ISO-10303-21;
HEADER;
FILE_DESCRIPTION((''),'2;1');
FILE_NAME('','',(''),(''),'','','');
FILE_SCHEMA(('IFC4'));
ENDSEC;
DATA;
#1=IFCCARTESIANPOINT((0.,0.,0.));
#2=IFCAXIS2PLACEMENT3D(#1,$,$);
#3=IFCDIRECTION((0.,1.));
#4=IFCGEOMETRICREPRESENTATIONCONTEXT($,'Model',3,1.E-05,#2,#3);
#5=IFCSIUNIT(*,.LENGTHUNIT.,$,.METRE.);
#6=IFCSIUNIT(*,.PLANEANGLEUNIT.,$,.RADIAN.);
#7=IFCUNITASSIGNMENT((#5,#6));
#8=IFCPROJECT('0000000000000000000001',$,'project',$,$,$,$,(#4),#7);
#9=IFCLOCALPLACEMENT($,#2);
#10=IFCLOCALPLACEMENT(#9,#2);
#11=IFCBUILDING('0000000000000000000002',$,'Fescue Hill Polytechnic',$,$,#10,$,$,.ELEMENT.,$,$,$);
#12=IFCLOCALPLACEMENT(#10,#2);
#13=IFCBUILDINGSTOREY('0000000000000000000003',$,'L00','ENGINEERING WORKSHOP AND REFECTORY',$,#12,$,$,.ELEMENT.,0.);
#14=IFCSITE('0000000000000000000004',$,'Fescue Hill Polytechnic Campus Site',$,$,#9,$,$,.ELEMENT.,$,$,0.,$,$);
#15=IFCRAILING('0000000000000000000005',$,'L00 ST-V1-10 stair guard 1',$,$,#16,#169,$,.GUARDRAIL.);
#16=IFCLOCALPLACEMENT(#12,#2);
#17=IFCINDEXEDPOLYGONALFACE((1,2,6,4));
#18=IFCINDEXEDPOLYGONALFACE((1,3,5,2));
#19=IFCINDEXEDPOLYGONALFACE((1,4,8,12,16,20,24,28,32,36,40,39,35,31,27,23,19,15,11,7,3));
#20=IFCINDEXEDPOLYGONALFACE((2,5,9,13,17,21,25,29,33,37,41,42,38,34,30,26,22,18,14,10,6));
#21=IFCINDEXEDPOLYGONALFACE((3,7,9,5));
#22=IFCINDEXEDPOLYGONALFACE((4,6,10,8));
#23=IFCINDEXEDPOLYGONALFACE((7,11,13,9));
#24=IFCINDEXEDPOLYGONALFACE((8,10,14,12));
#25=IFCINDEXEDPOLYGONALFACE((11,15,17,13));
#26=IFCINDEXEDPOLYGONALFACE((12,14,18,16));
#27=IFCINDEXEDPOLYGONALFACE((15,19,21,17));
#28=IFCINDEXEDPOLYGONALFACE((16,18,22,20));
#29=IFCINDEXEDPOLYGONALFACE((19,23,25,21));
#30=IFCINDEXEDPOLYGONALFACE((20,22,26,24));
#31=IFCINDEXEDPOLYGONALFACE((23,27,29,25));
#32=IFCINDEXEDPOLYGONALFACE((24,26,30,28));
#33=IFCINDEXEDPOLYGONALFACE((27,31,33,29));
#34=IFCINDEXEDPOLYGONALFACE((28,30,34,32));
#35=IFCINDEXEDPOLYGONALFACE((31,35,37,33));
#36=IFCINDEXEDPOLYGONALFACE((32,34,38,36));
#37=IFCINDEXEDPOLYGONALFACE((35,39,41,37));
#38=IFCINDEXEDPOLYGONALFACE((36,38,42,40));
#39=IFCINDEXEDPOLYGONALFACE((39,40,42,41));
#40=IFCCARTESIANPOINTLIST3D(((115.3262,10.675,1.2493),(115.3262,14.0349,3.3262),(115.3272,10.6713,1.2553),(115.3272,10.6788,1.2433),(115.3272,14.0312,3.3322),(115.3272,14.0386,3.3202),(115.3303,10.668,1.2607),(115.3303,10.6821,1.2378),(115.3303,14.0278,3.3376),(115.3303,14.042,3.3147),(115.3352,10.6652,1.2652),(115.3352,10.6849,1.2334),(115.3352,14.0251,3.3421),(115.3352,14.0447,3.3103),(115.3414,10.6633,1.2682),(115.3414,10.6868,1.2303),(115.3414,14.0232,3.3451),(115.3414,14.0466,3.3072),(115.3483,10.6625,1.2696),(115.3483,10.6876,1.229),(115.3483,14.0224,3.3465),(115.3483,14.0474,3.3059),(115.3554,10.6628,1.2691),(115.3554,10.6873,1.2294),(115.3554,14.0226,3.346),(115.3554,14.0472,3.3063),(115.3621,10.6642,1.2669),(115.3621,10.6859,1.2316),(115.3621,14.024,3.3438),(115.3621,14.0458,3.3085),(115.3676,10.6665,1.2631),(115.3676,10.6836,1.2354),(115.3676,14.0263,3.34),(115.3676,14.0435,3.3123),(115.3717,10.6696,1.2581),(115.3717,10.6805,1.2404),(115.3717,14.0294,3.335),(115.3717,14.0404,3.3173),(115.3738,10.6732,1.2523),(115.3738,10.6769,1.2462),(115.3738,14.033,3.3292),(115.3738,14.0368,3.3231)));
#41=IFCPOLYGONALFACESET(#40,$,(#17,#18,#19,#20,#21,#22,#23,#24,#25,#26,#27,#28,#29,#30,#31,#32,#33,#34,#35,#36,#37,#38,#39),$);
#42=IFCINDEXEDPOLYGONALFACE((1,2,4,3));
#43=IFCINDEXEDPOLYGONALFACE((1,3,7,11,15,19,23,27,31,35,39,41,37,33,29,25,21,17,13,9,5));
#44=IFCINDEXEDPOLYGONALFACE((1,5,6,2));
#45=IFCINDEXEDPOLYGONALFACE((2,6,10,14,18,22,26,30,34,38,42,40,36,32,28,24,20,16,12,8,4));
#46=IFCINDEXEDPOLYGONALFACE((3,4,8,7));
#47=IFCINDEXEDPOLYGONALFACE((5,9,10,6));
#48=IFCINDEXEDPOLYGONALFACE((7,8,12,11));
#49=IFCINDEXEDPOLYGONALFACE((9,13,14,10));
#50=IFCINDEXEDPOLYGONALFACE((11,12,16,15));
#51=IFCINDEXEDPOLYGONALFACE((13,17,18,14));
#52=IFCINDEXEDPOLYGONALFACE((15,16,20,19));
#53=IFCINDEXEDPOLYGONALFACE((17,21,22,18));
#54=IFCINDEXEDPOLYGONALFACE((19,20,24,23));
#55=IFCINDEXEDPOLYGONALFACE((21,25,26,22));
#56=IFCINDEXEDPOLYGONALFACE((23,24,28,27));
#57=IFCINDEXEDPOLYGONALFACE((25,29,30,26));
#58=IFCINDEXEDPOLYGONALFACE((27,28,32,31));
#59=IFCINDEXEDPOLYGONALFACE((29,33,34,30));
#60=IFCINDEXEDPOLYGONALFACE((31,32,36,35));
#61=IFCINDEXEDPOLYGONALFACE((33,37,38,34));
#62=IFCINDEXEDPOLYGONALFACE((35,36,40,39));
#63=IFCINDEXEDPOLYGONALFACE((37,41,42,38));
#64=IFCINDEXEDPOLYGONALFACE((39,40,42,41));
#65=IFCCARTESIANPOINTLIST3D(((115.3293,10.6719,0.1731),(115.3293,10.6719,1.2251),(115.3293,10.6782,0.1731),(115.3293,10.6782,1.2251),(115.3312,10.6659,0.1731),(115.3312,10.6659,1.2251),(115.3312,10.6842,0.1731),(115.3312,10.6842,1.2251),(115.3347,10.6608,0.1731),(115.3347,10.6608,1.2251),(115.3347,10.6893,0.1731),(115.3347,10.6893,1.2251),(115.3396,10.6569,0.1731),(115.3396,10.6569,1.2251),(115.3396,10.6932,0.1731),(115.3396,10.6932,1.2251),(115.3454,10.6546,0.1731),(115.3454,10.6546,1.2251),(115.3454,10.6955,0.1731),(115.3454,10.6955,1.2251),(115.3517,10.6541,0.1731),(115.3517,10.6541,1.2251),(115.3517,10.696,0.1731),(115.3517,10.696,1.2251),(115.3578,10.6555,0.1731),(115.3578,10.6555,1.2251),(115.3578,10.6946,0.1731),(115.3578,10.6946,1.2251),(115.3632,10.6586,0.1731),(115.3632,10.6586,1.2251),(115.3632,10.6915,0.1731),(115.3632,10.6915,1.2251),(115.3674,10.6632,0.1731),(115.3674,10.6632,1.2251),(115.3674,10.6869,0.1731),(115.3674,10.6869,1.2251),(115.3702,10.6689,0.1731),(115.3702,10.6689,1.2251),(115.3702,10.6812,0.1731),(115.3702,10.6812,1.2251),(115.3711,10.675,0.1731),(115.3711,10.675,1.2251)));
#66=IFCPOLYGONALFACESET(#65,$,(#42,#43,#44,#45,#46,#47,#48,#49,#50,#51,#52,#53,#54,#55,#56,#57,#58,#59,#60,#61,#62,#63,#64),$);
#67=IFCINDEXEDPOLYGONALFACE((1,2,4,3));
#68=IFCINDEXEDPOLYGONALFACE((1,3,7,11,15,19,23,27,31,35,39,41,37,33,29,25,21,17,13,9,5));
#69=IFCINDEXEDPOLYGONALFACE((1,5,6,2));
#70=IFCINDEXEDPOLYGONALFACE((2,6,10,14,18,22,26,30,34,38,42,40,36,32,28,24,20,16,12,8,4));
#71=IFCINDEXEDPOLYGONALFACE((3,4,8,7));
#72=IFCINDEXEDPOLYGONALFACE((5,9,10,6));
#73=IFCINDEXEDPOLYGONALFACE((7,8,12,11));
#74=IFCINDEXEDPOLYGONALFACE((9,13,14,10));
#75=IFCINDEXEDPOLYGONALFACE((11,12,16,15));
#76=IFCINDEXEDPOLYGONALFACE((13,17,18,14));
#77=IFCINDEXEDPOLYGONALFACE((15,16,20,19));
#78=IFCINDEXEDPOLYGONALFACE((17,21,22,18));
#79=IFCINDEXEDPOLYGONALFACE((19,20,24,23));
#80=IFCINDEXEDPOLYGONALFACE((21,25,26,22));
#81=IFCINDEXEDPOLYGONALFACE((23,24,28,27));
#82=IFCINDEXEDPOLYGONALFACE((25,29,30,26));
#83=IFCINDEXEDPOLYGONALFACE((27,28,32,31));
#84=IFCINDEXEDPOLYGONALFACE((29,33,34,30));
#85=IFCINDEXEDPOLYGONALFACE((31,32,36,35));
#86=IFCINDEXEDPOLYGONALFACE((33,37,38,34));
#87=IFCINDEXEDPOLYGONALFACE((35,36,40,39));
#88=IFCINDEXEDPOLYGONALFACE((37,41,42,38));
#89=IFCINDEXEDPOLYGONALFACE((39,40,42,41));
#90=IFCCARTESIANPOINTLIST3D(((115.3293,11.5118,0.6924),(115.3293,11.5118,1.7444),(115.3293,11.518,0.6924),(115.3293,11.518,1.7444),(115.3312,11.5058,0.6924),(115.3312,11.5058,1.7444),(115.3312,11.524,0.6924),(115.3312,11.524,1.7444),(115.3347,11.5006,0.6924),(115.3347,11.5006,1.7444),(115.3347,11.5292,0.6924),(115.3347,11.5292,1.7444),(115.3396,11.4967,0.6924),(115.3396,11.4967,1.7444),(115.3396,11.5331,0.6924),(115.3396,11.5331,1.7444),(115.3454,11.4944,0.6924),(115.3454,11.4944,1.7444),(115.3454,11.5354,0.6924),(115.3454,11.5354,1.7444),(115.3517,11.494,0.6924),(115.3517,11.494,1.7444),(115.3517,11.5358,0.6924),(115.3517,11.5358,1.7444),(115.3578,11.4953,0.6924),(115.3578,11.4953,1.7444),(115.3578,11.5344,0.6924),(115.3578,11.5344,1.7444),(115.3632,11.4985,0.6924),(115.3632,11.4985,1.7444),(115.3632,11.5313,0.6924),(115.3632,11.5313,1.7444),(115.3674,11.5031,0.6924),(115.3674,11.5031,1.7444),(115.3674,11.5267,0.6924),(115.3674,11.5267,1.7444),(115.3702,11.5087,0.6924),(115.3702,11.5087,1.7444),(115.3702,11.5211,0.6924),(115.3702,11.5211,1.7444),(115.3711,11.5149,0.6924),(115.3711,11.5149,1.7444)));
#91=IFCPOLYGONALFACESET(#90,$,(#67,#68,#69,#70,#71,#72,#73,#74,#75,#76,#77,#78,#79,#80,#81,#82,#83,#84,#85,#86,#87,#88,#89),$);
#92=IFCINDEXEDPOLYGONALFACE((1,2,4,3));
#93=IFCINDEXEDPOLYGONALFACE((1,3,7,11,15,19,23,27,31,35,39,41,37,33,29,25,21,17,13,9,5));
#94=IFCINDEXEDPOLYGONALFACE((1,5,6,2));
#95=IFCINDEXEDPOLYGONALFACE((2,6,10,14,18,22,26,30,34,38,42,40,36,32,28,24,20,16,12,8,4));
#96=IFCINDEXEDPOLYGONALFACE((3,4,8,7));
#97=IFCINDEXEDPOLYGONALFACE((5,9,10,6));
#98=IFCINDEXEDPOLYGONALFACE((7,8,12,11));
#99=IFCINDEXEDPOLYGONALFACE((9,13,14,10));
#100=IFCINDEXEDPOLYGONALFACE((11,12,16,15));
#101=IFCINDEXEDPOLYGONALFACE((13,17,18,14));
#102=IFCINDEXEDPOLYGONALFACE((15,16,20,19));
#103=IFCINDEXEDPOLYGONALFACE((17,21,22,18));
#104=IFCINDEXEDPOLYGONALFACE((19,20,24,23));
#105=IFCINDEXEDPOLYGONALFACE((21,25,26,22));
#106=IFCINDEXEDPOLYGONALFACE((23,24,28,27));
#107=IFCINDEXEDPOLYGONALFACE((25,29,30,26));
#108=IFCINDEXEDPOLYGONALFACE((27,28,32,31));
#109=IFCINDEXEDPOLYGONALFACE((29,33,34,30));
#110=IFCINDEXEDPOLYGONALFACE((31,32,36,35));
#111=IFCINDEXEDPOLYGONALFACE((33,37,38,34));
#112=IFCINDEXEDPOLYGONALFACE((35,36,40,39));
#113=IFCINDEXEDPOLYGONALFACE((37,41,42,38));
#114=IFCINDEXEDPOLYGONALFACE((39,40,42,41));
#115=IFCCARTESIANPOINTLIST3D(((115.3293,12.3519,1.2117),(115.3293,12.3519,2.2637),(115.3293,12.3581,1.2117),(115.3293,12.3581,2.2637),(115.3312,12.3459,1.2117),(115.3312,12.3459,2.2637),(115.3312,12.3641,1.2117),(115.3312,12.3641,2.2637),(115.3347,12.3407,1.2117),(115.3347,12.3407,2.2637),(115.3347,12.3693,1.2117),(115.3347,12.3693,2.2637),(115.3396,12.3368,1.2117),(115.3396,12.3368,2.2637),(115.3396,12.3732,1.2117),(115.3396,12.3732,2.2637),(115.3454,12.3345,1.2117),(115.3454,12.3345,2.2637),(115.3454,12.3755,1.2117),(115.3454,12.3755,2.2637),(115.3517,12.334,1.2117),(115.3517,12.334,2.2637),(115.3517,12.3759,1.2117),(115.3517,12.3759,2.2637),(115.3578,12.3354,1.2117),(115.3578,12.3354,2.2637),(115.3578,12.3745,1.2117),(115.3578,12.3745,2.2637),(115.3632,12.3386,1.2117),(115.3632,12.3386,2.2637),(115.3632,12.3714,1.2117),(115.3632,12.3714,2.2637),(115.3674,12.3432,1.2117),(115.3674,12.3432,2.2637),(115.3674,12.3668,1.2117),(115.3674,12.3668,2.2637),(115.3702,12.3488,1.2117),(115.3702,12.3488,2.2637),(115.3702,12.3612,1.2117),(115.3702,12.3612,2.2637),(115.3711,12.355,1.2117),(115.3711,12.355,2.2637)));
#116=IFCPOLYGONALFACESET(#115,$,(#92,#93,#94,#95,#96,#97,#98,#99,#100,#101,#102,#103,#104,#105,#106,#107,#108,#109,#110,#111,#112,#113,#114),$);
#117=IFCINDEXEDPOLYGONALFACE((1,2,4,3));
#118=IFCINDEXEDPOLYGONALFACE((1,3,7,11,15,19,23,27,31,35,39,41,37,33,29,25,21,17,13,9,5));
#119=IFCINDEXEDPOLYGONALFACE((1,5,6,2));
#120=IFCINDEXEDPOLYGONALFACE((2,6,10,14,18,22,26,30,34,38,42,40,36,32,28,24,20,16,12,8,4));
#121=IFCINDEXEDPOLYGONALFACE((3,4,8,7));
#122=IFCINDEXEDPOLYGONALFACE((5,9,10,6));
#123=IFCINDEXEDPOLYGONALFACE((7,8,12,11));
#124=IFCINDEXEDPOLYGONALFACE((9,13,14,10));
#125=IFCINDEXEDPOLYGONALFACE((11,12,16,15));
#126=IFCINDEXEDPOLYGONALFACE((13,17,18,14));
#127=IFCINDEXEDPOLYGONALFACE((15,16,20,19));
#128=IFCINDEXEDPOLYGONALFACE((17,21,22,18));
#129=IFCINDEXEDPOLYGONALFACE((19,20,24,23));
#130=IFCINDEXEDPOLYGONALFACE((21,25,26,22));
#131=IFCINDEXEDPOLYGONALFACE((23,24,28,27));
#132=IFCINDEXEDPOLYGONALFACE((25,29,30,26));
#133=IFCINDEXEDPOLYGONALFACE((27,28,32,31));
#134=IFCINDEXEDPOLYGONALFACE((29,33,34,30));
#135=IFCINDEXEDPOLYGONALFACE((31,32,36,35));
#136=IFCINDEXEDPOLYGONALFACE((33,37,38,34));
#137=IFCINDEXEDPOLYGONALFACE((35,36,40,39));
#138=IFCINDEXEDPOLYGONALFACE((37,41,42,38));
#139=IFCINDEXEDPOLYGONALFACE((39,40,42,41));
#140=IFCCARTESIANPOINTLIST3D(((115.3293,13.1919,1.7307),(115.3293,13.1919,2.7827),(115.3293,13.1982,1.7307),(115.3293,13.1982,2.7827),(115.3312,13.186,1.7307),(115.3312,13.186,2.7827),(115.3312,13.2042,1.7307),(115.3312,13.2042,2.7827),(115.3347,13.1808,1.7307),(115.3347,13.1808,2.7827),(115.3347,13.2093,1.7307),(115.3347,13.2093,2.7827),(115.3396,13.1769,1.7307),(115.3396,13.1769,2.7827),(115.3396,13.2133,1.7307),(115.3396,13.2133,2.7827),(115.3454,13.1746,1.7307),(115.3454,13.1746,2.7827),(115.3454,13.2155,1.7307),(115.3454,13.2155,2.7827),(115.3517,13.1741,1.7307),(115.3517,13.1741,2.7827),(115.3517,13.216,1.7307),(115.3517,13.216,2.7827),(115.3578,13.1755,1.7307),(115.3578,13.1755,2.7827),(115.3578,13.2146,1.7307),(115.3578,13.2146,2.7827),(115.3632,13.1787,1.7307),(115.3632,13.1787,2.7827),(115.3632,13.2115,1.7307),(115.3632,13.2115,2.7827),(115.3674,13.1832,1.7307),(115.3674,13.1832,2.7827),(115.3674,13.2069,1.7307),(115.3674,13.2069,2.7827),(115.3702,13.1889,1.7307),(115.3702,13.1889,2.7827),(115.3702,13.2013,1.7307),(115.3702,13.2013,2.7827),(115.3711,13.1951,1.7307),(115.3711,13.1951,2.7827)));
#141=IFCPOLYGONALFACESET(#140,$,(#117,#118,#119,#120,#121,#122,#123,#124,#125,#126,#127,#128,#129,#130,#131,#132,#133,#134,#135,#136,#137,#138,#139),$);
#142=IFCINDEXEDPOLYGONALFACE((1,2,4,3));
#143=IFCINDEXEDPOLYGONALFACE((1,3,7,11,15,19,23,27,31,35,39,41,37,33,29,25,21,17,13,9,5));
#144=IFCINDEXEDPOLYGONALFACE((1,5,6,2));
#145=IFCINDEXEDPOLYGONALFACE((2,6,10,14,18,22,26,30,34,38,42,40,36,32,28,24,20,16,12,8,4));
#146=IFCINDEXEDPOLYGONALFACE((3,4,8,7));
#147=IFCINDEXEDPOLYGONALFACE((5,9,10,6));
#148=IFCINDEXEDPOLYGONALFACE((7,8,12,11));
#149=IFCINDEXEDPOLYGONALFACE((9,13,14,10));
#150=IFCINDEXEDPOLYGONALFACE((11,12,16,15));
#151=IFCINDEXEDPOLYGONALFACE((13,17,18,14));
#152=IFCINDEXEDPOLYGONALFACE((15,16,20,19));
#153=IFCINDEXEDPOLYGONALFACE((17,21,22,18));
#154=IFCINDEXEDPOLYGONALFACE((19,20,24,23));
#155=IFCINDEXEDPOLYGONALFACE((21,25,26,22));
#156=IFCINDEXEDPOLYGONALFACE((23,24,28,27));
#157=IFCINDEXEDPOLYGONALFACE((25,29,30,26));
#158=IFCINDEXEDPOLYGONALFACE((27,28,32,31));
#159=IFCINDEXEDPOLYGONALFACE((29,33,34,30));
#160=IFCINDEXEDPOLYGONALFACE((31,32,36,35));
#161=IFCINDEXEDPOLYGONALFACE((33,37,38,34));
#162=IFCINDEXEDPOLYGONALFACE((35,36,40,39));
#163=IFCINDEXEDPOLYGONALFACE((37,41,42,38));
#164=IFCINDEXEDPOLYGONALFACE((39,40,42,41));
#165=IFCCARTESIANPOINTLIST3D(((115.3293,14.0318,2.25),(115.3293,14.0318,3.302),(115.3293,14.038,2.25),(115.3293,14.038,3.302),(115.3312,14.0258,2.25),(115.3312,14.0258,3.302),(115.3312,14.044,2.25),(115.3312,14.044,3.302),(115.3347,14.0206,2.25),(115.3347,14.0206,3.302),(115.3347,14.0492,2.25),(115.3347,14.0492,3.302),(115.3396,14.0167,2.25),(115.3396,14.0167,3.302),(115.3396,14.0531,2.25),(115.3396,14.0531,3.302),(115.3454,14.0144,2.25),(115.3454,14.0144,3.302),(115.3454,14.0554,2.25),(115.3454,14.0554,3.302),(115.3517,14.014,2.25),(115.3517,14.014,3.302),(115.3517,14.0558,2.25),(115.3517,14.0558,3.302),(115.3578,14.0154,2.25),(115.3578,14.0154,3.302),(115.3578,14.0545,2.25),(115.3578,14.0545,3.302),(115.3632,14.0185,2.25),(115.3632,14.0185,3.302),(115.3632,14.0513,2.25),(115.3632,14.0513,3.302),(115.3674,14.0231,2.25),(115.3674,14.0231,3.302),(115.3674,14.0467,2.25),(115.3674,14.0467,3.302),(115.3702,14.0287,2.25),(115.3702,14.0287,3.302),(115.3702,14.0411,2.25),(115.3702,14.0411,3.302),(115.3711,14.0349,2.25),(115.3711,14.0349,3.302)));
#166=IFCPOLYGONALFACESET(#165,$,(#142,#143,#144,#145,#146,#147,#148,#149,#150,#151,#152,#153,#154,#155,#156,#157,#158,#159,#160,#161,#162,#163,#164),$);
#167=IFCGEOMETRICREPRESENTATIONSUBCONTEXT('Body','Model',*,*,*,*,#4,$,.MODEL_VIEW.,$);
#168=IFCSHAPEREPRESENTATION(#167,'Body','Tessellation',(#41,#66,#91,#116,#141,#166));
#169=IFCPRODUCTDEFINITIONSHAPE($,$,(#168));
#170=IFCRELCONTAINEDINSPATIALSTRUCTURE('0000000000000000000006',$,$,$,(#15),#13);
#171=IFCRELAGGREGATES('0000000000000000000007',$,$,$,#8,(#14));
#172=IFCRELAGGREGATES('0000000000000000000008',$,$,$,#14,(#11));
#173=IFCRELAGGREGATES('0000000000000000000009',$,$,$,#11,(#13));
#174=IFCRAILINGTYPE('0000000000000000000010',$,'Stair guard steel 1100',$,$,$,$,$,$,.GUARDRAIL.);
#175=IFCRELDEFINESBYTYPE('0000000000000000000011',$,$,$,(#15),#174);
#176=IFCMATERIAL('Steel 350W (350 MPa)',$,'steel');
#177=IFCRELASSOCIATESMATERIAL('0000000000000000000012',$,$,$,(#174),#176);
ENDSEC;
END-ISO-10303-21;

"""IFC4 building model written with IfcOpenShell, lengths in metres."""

from ifc_helpers import new_model, si_unit, direction, frame, origin, origin_2d, place, context, subcontext, project, spatial, circle, extrude, material, type_object, element, save


model = new_model("IFC4")

# Units and contexts
model_context = context("Model", 3, precision=1e-05, world=origin(), true_north=direction((0.0, 1.0)))
body_context = subcontext(model_context, "Body", "Model", "MODEL_VIEW")
ifc_project = project(units=[si_unit("LENGTHUNIT", "METRE"), si_unit("PLANEANGLEUNIT", "RADIAN")], contexts=[model_context])

# Site, building, storey
site_placement = place(None, origin())
site = spatial("IfcSite", under=ifc_project, at=site_placement, Name="Fescue Hill Polytechnic Campus Site", CompositionType="ELEMENT", RefElevation=0.0)
building_placement = place(site_placement, origin())
building = spatial("IfcBuilding", under=site, at=building_placement, Name="Fescue Hill Polytechnic", CompositionType="ELEMENT")
storey_placement = place(building_placement, origin())
storey = spatial("IfcBuildingStorey", under=building, at=storey_placement, Name="L00", Description="ENGINEERING WORKSHOP AND REFECTORY", CompositionType="ELEMENT", Elevation=0.0)

# Railing
ifc_material_1 = material(Name="Steel 350W (350 MPa)", Category="steel")
railing_type_1 = type_object("IfcRailingType", Name="Stair guard steel 1100", PredefinedType="GUARDRAIL", material=ifc_material_1)
railing_placement = place(storey_placement, frame((115.3501, 10.675, 0.1731)))
element("IfcRailing", 1, at=railing_placement, inside=storey, type_object=railing_type_1, Name="L00 ST-V1-10 stair guard 1", PredefinedType="GUARDRAIL", context=body_context, shape_type="SweptSolid", body=[
    extrude(circle(Radius=0.0239, at=origin_2d()), frame((0.0, 0.0, 1.0762), z_axis=(0.0, 0.850606, 0.525803), x_axis=(-1.0, 0.0, 0.0)), (0.0, 0.0, 1.0), 3.95),
    extrude(circle(Radius=0.021, at=origin_2d()), origin(), (0.0, 0.0, 1.0), 1.052),
    extrude(circle(Radius=0.021, at=origin_2d()), frame((0.0, 0.8398, 0.5193)), (0.0, 0.0, 1.0), 1.052),
    extrude(circle(Radius=0.021, at=origin_2d()), frame((0.0, 1.6799, 1.0386)), (0.0, 0.0, 1.0), 1.052),
    extrude(circle(Radius=0.021, at=origin_2d()), frame((0.0, 2.52, 1.5576)), (0.0, 0.0, 1.0), 1.052),
    extrude(circle(Radius=0.021, at=origin_2d()), frame((0.0, 3.3599, 2.0769)), (0.0, 0.0, 1.0), 1.052),
])

save(model, "model.ifc")
